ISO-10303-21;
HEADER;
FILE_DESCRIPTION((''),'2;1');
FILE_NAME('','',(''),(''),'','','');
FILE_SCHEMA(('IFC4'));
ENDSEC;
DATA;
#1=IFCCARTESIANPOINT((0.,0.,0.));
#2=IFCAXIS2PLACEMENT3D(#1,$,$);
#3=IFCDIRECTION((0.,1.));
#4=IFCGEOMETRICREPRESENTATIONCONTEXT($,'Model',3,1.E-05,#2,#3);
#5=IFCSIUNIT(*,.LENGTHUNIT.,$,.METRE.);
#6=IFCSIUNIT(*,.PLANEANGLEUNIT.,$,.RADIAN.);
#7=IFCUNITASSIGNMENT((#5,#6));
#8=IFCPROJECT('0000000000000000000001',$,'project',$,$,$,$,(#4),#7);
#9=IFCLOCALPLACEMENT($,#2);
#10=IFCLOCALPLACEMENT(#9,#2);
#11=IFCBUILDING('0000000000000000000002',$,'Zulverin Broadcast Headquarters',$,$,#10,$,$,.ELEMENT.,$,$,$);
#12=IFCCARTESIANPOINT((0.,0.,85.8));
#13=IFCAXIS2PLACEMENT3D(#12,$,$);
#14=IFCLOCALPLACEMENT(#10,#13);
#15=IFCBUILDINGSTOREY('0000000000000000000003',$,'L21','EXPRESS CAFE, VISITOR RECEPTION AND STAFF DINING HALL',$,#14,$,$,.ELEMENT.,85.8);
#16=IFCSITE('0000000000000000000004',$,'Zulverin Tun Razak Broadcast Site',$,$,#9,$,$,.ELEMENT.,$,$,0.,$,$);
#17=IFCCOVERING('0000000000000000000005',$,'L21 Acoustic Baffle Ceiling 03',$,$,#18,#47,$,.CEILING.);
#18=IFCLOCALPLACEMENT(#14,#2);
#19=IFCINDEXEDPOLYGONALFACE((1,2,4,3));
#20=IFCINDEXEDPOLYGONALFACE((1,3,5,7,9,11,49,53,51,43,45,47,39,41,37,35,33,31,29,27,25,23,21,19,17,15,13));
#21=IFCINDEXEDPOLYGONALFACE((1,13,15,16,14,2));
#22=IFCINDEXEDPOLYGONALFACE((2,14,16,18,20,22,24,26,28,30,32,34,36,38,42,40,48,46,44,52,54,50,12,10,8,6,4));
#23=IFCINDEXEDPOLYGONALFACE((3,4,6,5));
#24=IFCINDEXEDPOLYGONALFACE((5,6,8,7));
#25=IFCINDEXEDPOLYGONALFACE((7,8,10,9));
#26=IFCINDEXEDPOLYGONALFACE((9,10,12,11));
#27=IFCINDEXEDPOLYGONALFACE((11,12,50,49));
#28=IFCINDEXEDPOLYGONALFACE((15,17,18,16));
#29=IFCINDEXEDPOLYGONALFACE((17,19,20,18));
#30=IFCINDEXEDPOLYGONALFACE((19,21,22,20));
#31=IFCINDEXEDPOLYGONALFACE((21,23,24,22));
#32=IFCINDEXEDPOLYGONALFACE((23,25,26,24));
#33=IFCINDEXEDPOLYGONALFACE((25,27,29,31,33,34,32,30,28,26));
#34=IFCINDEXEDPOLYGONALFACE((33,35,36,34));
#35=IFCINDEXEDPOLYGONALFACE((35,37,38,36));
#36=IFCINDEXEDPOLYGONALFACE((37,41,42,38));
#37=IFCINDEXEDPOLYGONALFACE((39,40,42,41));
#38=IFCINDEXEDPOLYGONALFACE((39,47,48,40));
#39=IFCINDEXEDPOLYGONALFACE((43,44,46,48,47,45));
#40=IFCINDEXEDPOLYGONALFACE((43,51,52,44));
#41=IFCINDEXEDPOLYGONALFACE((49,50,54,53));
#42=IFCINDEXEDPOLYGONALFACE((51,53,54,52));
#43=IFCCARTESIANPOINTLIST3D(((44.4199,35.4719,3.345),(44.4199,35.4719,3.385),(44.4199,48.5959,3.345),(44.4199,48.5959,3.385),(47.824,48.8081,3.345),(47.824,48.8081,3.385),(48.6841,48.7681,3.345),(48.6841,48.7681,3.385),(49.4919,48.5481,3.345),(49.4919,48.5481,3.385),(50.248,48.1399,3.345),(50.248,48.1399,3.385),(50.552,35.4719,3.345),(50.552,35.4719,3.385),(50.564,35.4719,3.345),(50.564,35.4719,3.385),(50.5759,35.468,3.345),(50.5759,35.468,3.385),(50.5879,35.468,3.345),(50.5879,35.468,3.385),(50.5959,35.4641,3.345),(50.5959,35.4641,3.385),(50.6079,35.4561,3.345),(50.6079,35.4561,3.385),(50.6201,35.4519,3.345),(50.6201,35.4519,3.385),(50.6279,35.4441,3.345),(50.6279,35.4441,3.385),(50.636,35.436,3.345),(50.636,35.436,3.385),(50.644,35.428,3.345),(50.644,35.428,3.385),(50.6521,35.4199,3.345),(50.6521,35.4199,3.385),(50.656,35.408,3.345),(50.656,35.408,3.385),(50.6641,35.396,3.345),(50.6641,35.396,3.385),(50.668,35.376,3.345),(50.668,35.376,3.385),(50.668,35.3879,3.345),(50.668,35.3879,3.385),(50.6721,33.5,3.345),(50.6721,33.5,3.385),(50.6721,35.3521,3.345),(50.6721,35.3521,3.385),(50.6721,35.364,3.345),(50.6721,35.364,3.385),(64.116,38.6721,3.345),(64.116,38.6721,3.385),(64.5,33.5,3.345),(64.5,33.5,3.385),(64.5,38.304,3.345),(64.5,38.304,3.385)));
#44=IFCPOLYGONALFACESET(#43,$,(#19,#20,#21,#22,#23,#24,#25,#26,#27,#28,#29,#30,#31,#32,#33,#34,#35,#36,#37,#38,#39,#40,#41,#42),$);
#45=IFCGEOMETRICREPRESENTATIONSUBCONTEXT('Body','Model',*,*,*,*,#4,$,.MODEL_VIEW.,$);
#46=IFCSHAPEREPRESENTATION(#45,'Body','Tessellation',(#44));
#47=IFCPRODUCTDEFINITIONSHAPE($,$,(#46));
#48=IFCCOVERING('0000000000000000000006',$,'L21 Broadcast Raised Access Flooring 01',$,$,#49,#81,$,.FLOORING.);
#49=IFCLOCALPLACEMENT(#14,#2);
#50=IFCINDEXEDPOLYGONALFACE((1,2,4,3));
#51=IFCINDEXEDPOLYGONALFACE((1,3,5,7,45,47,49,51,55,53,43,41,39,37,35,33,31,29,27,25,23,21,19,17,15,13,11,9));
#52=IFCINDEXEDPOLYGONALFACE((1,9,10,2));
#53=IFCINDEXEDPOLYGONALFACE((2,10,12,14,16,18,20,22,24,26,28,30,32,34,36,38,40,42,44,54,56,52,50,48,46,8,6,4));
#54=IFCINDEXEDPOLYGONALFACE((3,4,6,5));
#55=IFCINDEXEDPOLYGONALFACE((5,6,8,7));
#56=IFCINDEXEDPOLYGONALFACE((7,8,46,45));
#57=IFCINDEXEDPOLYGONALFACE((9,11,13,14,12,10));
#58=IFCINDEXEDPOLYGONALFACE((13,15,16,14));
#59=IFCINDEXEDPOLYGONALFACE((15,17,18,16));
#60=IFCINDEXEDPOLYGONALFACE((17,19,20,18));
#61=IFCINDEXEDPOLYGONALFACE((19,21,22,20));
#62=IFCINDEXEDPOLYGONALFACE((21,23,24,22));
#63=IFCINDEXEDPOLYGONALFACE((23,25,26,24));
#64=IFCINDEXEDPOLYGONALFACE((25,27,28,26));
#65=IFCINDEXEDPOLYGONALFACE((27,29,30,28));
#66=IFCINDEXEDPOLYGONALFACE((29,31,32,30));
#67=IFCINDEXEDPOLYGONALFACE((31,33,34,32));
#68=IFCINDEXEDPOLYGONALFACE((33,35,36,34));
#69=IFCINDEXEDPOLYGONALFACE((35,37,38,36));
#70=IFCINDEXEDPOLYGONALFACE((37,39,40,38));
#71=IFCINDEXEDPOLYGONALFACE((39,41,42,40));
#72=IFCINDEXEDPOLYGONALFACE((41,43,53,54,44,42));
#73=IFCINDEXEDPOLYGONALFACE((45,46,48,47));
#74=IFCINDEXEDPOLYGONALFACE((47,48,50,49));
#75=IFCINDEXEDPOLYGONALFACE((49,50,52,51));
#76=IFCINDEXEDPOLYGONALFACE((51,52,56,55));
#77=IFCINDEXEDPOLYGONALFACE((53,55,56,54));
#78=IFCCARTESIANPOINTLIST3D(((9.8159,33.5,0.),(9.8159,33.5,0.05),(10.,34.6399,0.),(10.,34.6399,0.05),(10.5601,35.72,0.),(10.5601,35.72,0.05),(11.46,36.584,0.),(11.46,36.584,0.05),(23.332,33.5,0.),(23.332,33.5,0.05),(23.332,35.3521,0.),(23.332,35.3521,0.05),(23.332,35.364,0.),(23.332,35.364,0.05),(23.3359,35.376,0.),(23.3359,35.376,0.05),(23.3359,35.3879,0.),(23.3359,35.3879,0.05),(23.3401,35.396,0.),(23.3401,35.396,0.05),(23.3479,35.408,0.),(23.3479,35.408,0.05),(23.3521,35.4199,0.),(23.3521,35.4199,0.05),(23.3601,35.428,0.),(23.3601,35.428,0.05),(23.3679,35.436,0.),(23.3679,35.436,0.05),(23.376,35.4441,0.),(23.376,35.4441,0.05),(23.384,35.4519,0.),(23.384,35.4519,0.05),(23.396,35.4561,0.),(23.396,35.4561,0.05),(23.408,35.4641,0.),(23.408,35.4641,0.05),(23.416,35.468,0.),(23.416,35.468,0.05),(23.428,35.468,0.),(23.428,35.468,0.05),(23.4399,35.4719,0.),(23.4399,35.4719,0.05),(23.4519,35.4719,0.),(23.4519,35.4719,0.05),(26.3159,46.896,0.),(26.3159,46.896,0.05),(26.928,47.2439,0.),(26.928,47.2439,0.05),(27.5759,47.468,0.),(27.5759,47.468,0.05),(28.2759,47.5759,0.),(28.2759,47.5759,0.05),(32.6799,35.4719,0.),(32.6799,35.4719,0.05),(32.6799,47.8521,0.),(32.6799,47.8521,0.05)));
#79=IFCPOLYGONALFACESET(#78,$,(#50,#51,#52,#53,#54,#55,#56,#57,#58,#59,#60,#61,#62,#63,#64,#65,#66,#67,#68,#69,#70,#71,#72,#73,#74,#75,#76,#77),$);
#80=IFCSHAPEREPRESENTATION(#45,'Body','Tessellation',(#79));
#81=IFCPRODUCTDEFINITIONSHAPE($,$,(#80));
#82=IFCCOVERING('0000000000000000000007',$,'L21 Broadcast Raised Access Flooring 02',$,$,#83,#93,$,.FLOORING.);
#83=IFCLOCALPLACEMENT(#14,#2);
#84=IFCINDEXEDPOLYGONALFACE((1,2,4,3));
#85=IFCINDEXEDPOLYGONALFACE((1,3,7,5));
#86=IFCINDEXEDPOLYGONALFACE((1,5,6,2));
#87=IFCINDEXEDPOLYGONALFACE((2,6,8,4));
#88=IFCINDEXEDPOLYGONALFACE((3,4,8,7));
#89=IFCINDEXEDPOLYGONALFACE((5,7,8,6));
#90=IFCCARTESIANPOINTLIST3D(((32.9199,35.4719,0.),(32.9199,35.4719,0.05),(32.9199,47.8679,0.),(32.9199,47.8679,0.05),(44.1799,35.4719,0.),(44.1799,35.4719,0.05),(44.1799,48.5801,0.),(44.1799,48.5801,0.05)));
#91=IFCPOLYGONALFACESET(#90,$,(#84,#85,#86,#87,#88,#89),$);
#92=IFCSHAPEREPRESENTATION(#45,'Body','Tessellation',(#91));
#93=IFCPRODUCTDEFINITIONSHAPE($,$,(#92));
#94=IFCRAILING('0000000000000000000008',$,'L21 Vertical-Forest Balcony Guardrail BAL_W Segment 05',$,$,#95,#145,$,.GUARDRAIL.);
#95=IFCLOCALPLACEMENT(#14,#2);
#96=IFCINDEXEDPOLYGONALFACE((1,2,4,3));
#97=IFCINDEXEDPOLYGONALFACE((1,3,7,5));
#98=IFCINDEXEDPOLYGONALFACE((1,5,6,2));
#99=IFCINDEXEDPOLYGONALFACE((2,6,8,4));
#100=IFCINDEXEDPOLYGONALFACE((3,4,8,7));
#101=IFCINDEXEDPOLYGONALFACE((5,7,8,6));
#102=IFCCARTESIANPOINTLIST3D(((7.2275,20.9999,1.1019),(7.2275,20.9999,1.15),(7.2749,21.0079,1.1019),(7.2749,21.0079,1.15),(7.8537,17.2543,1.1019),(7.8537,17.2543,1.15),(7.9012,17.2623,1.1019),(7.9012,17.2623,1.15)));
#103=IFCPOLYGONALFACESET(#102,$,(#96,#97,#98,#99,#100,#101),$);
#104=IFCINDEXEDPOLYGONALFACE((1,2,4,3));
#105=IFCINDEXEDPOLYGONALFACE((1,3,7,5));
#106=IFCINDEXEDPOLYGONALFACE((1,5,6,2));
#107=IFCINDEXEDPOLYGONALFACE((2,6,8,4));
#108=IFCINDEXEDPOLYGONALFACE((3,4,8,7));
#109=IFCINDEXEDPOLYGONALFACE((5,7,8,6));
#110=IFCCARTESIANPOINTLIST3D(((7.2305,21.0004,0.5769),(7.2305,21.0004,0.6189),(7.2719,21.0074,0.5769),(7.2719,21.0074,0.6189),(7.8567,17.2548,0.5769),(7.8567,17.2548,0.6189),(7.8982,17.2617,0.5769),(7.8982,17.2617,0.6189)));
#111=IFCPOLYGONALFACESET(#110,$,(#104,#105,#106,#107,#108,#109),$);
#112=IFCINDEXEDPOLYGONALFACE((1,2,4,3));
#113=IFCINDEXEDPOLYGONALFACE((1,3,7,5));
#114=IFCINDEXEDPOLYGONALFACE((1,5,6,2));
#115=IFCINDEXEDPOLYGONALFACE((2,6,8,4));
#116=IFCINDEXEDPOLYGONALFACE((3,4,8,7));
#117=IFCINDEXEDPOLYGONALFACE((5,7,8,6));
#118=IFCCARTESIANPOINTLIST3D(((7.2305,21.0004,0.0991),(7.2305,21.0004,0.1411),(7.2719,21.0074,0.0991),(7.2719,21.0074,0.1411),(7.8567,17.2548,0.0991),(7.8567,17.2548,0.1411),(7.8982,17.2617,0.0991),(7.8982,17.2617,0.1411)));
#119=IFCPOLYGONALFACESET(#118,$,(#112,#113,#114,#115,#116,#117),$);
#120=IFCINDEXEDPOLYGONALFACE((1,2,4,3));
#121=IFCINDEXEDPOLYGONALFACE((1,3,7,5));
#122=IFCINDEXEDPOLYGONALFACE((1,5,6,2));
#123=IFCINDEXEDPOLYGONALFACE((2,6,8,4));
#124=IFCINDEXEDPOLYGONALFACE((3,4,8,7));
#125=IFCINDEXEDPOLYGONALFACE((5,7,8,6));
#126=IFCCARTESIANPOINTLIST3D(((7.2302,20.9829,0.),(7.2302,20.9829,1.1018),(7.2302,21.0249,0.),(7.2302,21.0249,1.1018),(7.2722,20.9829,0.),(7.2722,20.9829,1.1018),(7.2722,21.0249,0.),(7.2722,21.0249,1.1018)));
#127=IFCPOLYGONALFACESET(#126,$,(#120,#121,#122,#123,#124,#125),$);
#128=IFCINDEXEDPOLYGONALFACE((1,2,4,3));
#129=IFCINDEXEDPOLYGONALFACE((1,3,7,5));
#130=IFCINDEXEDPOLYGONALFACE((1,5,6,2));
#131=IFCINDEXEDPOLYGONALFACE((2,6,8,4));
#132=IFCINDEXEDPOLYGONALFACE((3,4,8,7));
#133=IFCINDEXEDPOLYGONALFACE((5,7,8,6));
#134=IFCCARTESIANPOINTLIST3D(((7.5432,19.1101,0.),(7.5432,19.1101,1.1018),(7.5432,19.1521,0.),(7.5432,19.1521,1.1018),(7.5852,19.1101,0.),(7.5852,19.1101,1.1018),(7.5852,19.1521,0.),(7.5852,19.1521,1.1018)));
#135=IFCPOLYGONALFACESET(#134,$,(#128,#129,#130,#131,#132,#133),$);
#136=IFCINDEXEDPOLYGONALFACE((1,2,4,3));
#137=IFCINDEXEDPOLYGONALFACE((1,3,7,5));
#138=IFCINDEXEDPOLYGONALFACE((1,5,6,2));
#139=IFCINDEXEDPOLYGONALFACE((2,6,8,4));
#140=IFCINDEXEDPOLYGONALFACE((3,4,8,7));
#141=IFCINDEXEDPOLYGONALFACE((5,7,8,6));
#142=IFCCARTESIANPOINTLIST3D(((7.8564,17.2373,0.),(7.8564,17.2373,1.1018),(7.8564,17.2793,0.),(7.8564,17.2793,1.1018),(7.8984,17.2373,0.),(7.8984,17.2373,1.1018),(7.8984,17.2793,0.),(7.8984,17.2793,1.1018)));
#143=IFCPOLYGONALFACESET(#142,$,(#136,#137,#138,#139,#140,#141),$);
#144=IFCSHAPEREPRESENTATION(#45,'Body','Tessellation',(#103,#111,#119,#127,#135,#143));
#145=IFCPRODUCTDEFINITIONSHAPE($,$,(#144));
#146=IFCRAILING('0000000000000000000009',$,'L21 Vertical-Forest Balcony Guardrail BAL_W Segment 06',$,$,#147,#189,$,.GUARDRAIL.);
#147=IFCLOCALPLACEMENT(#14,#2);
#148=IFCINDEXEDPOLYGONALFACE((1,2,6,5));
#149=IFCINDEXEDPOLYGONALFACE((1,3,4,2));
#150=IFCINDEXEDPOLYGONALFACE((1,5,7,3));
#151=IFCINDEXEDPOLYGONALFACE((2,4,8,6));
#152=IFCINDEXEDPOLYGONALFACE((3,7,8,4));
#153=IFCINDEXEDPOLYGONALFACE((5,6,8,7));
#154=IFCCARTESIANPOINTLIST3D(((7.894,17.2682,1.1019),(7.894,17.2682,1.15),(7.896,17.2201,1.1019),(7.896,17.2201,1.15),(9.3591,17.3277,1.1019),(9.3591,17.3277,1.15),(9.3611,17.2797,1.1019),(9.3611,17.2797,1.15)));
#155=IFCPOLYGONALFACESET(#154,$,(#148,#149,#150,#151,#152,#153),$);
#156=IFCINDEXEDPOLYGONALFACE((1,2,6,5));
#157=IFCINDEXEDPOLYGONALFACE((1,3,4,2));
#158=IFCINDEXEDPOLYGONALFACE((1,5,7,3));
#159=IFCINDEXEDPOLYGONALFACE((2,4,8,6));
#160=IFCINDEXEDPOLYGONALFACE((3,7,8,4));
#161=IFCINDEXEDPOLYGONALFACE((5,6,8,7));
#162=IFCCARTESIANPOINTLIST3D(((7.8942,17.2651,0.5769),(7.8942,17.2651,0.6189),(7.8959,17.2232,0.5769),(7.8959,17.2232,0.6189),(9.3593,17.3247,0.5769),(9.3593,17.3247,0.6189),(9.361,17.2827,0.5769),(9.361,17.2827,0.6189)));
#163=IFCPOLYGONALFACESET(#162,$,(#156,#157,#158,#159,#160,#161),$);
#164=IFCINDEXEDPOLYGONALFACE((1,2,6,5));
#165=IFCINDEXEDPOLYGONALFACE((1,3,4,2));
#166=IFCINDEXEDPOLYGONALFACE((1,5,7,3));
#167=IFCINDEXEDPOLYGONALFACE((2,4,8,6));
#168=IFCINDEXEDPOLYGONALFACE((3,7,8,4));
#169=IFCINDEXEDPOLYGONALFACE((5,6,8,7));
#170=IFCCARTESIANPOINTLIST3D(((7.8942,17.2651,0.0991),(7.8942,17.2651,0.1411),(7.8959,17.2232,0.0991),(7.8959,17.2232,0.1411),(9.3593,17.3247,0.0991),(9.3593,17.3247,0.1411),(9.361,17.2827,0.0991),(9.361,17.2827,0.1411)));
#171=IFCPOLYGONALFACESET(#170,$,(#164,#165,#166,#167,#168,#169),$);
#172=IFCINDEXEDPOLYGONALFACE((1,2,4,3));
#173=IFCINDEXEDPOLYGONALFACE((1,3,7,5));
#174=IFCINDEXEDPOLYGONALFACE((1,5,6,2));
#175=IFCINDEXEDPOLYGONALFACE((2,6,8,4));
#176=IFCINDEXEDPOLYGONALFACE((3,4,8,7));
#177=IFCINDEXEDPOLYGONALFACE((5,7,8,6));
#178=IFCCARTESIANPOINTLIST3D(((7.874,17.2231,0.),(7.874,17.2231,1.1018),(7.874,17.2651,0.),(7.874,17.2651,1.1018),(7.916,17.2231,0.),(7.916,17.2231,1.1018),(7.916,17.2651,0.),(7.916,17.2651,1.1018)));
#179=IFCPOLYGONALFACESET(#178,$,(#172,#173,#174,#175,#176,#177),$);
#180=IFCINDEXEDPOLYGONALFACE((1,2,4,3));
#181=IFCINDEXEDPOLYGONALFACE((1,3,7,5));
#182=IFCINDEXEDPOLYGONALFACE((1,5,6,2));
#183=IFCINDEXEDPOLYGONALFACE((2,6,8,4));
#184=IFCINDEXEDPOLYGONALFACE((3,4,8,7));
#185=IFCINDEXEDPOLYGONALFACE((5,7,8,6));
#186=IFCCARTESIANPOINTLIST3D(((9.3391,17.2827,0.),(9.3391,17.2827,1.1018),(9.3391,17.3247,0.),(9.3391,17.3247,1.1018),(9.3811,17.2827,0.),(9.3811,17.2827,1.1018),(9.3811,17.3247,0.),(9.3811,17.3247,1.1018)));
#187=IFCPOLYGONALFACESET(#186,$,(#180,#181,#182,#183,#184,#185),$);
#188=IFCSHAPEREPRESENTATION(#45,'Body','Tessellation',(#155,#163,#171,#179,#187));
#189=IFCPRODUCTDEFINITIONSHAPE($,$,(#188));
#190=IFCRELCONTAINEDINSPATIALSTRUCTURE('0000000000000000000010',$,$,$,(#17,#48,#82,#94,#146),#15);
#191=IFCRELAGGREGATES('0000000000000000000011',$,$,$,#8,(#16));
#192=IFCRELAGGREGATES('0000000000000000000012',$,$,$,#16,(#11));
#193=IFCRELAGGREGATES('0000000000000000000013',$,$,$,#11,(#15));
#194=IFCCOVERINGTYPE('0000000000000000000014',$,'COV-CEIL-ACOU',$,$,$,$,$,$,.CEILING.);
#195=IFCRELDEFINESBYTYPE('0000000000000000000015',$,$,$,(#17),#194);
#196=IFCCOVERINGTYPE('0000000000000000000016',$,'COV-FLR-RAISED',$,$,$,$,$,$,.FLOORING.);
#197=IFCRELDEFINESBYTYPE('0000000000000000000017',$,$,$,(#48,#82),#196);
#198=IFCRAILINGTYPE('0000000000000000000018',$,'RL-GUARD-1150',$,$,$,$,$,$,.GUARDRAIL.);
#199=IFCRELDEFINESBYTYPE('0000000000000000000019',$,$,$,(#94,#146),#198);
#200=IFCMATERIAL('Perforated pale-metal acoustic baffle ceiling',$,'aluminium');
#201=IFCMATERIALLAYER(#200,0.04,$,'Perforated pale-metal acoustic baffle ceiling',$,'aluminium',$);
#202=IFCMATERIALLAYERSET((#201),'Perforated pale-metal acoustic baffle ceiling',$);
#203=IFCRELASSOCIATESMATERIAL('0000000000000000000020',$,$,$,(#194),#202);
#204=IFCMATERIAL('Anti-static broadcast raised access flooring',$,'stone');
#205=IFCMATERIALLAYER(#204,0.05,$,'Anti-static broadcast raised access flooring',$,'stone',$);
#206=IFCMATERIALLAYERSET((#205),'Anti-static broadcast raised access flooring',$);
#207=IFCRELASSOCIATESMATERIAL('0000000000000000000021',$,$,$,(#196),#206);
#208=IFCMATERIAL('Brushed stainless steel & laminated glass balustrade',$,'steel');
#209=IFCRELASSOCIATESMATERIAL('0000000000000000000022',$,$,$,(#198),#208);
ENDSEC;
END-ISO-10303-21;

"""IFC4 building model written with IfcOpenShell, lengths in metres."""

from ifc_helpers import new_model, si_unit, direction, frame, origin, origin_2d, place, context, subcontext, project, spatial, polyline, rectangle, outline, extrude, material, layer, layer_set, type_object, element, save


model = new_model("IFC4")

# Units and contexts
model_context = context("Model", 3, precision=1e-05, world=origin(), true_north=direction((0.0, 1.0)))
body_context = subcontext(model_context, "Body", "Model", "MODEL_VIEW")
ifc_project = project(units=[si_unit("LENGTHUNIT", "METRE"), si_unit("PLANEANGLEUNIT", "RADIAN")], contexts=[model_context])

# Site, building, storey
site_placement = place(None, origin())
site = spatial("IfcSite", under=ifc_project, at=site_placement, Name="Zulverin Tun Razak Broadcast Site", CompositionType="ELEMENT", RefElevation=0.0)
building_placement = place(site_placement, origin())
building = spatial("IfcBuilding", under=site, at=building_placement, Name="Zulverin Broadcast Headquarters", CompositionType="ELEMENT")
storey_placement = place(building_placement, frame((0.0, 0.0, 85.8)))
storey = spatial("IfcBuildingStorey", under=building, at=storey_placement, Name="L21", Description="EXPRESS CAFE, VISITOR RECEPTION AND STAFF DINING HALL", CompositionType="ELEMENT", Elevation=85.8)

# Coverings
ifc_material_1 = material(Name="Perforated pale-metal acoustic baffle ceiling", Category="aluminium")
ifc_layer_1 = layer(ifc_material_1, 0.04, Name="Perforated pale-metal acoustic baffle ceiling", Category="aluminium")
ifc_layer_set_1 = layer_set([ifc_layer_1], Name="Perforated pale-metal acoustic baffle ceiling")
covering_type_1 = type_object("IfcCoveringType", Name="COV-CEIL-ACOU", PredefinedType="CEILING", material=ifc_layer_set_1)
covering_1_placement = place(storey_placement, frame((0.0, 0.0, 3.345)))
element("IfcCovering", 1, at=covering_1_placement, inside=storey, type_object=covering_type_1, Name="L21 Acoustic Baffle Ceiling 03", PredefinedType="CEILING", context=body_context, shape_type="SweptSolid", body=[
    extrude(outline(polyline([(64.5, 38.304), (64.116, 38.6721), (50.248, 48.1399), (49.4919, 48.5481), (48.6841, 48.7681), (47.824, 48.8081), (44.4199, 48.5959), (44.4199, 35.4719), (50.552, 35.4719), (50.564, 35.4719), (50.5759, 35.468), (50.5879, 35.468), (50.5959, 35.4641), (50.6079, 35.4561), (50.6201, 35.4519), (50.6279, 35.4441), (50.636, 35.436), (50.644, 35.428), (50.6521, 35.4199), (50.656, 35.408), (50.6641, 35.396), (50.668, 35.3879), (50.668, 35.376), (50.6721, 35.364), (50.6721, 35.3521), (50.6721, 33.5), (64.5, 33.5), (64.5, 38.304)])), origin(), (0.0, 0.0, 1.0), 0.04),
])
ifc_material_2 = material(Name="Anti-static broadcast raised access flooring", Category="stone")
ifc_layer_2 = layer(ifc_material_2, 0.05, Name="Anti-static broadcast raised access flooring", Category="stone")
ifc_layer_set_2 = layer_set([ifc_layer_2], Name="Anti-static broadcast raised access flooring")
covering_type_2 = type_object("IfcCoveringType", Name="COV-FLR-RAISED", PredefinedType="FLOORING", material=ifc_layer_set_2)
covering_2_placement = place(storey_placement, origin())
element("IfcCovering", 2, at=covering_2_placement, inside=storey, type_object=covering_type_2, Name="L21 Broadcast Raised Access Flooring 01", PredefinedType="FLOORING", context=body_context, shape_type="SweptSolid", body=[
    extrude(outline(polyline([(11.46, 36.584), (10.5601, 35.72), (10.0, 34.6399), (9.8159, 33.5), (23.332, 33.5), (23.332, 35.3521), (23.332, 35.364), (23.3359, 35.376), (23.3359, 35.3879), (23.3401, 35.396), (23.3479, 35.408), (23.3521, 35.4199), (23.3601, 35.428), (23.3679, 35.436), (23.376, 35.4441), (23.384, 35.4519), (23.396, 35.4561), (23.408, 35.4641), (23.416, 35.468), (23.428, 35.468), (23.4399, 35.4719), (23.4519, 35.4719), (32.6799, 35.4719), (32.6799, 47.8521), (28.2759, 47.5759), (27.5759, 47.468), (26.928, 47.2439), (26.3159, 46.896), (11.46, 36.584)])), origin(), (0.0, 0.0, 1.0), 0.05),
])
covering_3_placement = place(storey_placement, origin())
element("IfcCovering", 3, at=covering_3_placement, inside=storey, type_object=covering_type_2, Name="L21 Broadcast Raised Access Flooring 02", PredefinedType="FLOORING", context=body_context, shape_type="SweptSolid", body=[
    extrude(outline(polyline([(44.1799, 35.4719), (44.1799, 48.5801), (32.9199, 47.8679), (32.9199, 35.4719), (44.1799, 35.4719)])), origin(), (0.0, 0.0, 1.0), 0.05),
])

# Railings
ifc_material_3 = material(Name="Brushed stainless steel & laminated glass balustrade", Category="steel")
railing_type = type_object("IfcRailingType", Name="RL-GUARD-1150", PredefinedType="GUARDRAIL", material=ifc_material_3)
railing_1_placement = place(storey_placement, frame((7.2512, 21.0039, 0.0)))
element("IfcRailing", 4, at=railing_1_placement, inside=storey, type_object=railing_type, Name="L21 Vertical-Forest Balcony Guardrail BAL_W Segment 05", PredefinedType="GUARDRAIL", context=body_context, shape_type="SweptSolid", body=[
    extrude(rectangle(XDim=0.0481, YDim=0.0481, at=origin_2d()), frame((0.0, 0.0, 1.126), z_axis=(0.164899, -0.98631, 0.0), x_axis=(0.98631, 0.164899, 0.0)), (0.0, 0.0, 1.0), 3.7976),
    extrude(rectangle(XDim=0.042, YDim=0.042, at=origin_2d()), frame((0.0, 0.0, 0.5979), z_axis=(0.164899, -0.98631, 0.0), x_axis=(0.98631, 0.164899, 0.0)), (0.0, 0.0, 1.0), 3.7976),
    extrude(rectangle(XDim=0.042, YDim=0.042, at=origin_2d()), frame((0.0, 0.0, 0.1201), z_axis=(0.164899, -0.98631, 0.0), x_axis=(0.98631, 0.164899, 0.0)), (0.0, 0.0, 1.0), 3.7976),
    extrude(rectangle(XDim=0.042, YDim=0.042, at=origin_2d()), origin(), (0.0, 0.0, 1.0), 1.1018),
    extrude(rectangle(XDim=0.042, YDim=0.042, at=origin_2d()), frame((0.313, -1.8728, 0.0)), (0.0, 0.0, 1.0), 1.1018),
    extrude(rectangle(XDim=0.042, YDim=0.042, at=origin_2d()), frame((0.6262, -3.7456, 0.0)), (0.0, 0.0, 1.0), 1.1018),
])
railing_2_placement = place(storey_placement, frame((7.895, 17.2441, 0.0)))
element("IfcRailing", 5, at=railing_2_placement, inside=storey, type_object=railing_type, Name="L21 Vertical-Forest Balcony Guardrail BAL_W Segment 06", PredefinedType="GUARDRAIL", context=body_context, shape_type="SweptSolid", body=[
    extrude(rectangle(XDim=0.0481, YDim=0.0481, at=origin_2d()), frame((0.0, 0.0, 1.126), z_axis=(0.999174, 0.040626, 0.0), x_axis=(-0.040626, 0.999174, 0.0)), (0.0, 0.0, 1.0), 1.4663),
    extrude(rectangle(XDim=0.042, YDim=0.042, at=origin_2d()), frame((0.0, 0.0, 0.5979), z_axis=(0.999174, 0.040626, 0.0), x_axis=(-0.040626, 0.999174, 0.0)), (0.0, 0.0, 1.0), 1.4663),
    extrude(rectangle(XDim=0.042, YDim=0.042, at=origin_2d()), frame((0.0, 0.0, 0.1201), z_axis=(0.999174, 0.040626, 0.0), x_axis=(-0.040626, 0.999174, 0.0)), (0.0, 0.0, 1.0), 1.4663),
    extrude(rectangle(XDim=0.042, YDim=0.042, at=origin_2d()), origin(), (0.0, 0.0, 1.0), 1.1018),
    extrude(rectangle(XDim=0.042, YDim=0.042, at=origin_2d()), frame((1.4651, 0.0596, 0.0)), (0.0, 0.0, 1.0), 1.1018),
])

save(model, "model.ifc")
